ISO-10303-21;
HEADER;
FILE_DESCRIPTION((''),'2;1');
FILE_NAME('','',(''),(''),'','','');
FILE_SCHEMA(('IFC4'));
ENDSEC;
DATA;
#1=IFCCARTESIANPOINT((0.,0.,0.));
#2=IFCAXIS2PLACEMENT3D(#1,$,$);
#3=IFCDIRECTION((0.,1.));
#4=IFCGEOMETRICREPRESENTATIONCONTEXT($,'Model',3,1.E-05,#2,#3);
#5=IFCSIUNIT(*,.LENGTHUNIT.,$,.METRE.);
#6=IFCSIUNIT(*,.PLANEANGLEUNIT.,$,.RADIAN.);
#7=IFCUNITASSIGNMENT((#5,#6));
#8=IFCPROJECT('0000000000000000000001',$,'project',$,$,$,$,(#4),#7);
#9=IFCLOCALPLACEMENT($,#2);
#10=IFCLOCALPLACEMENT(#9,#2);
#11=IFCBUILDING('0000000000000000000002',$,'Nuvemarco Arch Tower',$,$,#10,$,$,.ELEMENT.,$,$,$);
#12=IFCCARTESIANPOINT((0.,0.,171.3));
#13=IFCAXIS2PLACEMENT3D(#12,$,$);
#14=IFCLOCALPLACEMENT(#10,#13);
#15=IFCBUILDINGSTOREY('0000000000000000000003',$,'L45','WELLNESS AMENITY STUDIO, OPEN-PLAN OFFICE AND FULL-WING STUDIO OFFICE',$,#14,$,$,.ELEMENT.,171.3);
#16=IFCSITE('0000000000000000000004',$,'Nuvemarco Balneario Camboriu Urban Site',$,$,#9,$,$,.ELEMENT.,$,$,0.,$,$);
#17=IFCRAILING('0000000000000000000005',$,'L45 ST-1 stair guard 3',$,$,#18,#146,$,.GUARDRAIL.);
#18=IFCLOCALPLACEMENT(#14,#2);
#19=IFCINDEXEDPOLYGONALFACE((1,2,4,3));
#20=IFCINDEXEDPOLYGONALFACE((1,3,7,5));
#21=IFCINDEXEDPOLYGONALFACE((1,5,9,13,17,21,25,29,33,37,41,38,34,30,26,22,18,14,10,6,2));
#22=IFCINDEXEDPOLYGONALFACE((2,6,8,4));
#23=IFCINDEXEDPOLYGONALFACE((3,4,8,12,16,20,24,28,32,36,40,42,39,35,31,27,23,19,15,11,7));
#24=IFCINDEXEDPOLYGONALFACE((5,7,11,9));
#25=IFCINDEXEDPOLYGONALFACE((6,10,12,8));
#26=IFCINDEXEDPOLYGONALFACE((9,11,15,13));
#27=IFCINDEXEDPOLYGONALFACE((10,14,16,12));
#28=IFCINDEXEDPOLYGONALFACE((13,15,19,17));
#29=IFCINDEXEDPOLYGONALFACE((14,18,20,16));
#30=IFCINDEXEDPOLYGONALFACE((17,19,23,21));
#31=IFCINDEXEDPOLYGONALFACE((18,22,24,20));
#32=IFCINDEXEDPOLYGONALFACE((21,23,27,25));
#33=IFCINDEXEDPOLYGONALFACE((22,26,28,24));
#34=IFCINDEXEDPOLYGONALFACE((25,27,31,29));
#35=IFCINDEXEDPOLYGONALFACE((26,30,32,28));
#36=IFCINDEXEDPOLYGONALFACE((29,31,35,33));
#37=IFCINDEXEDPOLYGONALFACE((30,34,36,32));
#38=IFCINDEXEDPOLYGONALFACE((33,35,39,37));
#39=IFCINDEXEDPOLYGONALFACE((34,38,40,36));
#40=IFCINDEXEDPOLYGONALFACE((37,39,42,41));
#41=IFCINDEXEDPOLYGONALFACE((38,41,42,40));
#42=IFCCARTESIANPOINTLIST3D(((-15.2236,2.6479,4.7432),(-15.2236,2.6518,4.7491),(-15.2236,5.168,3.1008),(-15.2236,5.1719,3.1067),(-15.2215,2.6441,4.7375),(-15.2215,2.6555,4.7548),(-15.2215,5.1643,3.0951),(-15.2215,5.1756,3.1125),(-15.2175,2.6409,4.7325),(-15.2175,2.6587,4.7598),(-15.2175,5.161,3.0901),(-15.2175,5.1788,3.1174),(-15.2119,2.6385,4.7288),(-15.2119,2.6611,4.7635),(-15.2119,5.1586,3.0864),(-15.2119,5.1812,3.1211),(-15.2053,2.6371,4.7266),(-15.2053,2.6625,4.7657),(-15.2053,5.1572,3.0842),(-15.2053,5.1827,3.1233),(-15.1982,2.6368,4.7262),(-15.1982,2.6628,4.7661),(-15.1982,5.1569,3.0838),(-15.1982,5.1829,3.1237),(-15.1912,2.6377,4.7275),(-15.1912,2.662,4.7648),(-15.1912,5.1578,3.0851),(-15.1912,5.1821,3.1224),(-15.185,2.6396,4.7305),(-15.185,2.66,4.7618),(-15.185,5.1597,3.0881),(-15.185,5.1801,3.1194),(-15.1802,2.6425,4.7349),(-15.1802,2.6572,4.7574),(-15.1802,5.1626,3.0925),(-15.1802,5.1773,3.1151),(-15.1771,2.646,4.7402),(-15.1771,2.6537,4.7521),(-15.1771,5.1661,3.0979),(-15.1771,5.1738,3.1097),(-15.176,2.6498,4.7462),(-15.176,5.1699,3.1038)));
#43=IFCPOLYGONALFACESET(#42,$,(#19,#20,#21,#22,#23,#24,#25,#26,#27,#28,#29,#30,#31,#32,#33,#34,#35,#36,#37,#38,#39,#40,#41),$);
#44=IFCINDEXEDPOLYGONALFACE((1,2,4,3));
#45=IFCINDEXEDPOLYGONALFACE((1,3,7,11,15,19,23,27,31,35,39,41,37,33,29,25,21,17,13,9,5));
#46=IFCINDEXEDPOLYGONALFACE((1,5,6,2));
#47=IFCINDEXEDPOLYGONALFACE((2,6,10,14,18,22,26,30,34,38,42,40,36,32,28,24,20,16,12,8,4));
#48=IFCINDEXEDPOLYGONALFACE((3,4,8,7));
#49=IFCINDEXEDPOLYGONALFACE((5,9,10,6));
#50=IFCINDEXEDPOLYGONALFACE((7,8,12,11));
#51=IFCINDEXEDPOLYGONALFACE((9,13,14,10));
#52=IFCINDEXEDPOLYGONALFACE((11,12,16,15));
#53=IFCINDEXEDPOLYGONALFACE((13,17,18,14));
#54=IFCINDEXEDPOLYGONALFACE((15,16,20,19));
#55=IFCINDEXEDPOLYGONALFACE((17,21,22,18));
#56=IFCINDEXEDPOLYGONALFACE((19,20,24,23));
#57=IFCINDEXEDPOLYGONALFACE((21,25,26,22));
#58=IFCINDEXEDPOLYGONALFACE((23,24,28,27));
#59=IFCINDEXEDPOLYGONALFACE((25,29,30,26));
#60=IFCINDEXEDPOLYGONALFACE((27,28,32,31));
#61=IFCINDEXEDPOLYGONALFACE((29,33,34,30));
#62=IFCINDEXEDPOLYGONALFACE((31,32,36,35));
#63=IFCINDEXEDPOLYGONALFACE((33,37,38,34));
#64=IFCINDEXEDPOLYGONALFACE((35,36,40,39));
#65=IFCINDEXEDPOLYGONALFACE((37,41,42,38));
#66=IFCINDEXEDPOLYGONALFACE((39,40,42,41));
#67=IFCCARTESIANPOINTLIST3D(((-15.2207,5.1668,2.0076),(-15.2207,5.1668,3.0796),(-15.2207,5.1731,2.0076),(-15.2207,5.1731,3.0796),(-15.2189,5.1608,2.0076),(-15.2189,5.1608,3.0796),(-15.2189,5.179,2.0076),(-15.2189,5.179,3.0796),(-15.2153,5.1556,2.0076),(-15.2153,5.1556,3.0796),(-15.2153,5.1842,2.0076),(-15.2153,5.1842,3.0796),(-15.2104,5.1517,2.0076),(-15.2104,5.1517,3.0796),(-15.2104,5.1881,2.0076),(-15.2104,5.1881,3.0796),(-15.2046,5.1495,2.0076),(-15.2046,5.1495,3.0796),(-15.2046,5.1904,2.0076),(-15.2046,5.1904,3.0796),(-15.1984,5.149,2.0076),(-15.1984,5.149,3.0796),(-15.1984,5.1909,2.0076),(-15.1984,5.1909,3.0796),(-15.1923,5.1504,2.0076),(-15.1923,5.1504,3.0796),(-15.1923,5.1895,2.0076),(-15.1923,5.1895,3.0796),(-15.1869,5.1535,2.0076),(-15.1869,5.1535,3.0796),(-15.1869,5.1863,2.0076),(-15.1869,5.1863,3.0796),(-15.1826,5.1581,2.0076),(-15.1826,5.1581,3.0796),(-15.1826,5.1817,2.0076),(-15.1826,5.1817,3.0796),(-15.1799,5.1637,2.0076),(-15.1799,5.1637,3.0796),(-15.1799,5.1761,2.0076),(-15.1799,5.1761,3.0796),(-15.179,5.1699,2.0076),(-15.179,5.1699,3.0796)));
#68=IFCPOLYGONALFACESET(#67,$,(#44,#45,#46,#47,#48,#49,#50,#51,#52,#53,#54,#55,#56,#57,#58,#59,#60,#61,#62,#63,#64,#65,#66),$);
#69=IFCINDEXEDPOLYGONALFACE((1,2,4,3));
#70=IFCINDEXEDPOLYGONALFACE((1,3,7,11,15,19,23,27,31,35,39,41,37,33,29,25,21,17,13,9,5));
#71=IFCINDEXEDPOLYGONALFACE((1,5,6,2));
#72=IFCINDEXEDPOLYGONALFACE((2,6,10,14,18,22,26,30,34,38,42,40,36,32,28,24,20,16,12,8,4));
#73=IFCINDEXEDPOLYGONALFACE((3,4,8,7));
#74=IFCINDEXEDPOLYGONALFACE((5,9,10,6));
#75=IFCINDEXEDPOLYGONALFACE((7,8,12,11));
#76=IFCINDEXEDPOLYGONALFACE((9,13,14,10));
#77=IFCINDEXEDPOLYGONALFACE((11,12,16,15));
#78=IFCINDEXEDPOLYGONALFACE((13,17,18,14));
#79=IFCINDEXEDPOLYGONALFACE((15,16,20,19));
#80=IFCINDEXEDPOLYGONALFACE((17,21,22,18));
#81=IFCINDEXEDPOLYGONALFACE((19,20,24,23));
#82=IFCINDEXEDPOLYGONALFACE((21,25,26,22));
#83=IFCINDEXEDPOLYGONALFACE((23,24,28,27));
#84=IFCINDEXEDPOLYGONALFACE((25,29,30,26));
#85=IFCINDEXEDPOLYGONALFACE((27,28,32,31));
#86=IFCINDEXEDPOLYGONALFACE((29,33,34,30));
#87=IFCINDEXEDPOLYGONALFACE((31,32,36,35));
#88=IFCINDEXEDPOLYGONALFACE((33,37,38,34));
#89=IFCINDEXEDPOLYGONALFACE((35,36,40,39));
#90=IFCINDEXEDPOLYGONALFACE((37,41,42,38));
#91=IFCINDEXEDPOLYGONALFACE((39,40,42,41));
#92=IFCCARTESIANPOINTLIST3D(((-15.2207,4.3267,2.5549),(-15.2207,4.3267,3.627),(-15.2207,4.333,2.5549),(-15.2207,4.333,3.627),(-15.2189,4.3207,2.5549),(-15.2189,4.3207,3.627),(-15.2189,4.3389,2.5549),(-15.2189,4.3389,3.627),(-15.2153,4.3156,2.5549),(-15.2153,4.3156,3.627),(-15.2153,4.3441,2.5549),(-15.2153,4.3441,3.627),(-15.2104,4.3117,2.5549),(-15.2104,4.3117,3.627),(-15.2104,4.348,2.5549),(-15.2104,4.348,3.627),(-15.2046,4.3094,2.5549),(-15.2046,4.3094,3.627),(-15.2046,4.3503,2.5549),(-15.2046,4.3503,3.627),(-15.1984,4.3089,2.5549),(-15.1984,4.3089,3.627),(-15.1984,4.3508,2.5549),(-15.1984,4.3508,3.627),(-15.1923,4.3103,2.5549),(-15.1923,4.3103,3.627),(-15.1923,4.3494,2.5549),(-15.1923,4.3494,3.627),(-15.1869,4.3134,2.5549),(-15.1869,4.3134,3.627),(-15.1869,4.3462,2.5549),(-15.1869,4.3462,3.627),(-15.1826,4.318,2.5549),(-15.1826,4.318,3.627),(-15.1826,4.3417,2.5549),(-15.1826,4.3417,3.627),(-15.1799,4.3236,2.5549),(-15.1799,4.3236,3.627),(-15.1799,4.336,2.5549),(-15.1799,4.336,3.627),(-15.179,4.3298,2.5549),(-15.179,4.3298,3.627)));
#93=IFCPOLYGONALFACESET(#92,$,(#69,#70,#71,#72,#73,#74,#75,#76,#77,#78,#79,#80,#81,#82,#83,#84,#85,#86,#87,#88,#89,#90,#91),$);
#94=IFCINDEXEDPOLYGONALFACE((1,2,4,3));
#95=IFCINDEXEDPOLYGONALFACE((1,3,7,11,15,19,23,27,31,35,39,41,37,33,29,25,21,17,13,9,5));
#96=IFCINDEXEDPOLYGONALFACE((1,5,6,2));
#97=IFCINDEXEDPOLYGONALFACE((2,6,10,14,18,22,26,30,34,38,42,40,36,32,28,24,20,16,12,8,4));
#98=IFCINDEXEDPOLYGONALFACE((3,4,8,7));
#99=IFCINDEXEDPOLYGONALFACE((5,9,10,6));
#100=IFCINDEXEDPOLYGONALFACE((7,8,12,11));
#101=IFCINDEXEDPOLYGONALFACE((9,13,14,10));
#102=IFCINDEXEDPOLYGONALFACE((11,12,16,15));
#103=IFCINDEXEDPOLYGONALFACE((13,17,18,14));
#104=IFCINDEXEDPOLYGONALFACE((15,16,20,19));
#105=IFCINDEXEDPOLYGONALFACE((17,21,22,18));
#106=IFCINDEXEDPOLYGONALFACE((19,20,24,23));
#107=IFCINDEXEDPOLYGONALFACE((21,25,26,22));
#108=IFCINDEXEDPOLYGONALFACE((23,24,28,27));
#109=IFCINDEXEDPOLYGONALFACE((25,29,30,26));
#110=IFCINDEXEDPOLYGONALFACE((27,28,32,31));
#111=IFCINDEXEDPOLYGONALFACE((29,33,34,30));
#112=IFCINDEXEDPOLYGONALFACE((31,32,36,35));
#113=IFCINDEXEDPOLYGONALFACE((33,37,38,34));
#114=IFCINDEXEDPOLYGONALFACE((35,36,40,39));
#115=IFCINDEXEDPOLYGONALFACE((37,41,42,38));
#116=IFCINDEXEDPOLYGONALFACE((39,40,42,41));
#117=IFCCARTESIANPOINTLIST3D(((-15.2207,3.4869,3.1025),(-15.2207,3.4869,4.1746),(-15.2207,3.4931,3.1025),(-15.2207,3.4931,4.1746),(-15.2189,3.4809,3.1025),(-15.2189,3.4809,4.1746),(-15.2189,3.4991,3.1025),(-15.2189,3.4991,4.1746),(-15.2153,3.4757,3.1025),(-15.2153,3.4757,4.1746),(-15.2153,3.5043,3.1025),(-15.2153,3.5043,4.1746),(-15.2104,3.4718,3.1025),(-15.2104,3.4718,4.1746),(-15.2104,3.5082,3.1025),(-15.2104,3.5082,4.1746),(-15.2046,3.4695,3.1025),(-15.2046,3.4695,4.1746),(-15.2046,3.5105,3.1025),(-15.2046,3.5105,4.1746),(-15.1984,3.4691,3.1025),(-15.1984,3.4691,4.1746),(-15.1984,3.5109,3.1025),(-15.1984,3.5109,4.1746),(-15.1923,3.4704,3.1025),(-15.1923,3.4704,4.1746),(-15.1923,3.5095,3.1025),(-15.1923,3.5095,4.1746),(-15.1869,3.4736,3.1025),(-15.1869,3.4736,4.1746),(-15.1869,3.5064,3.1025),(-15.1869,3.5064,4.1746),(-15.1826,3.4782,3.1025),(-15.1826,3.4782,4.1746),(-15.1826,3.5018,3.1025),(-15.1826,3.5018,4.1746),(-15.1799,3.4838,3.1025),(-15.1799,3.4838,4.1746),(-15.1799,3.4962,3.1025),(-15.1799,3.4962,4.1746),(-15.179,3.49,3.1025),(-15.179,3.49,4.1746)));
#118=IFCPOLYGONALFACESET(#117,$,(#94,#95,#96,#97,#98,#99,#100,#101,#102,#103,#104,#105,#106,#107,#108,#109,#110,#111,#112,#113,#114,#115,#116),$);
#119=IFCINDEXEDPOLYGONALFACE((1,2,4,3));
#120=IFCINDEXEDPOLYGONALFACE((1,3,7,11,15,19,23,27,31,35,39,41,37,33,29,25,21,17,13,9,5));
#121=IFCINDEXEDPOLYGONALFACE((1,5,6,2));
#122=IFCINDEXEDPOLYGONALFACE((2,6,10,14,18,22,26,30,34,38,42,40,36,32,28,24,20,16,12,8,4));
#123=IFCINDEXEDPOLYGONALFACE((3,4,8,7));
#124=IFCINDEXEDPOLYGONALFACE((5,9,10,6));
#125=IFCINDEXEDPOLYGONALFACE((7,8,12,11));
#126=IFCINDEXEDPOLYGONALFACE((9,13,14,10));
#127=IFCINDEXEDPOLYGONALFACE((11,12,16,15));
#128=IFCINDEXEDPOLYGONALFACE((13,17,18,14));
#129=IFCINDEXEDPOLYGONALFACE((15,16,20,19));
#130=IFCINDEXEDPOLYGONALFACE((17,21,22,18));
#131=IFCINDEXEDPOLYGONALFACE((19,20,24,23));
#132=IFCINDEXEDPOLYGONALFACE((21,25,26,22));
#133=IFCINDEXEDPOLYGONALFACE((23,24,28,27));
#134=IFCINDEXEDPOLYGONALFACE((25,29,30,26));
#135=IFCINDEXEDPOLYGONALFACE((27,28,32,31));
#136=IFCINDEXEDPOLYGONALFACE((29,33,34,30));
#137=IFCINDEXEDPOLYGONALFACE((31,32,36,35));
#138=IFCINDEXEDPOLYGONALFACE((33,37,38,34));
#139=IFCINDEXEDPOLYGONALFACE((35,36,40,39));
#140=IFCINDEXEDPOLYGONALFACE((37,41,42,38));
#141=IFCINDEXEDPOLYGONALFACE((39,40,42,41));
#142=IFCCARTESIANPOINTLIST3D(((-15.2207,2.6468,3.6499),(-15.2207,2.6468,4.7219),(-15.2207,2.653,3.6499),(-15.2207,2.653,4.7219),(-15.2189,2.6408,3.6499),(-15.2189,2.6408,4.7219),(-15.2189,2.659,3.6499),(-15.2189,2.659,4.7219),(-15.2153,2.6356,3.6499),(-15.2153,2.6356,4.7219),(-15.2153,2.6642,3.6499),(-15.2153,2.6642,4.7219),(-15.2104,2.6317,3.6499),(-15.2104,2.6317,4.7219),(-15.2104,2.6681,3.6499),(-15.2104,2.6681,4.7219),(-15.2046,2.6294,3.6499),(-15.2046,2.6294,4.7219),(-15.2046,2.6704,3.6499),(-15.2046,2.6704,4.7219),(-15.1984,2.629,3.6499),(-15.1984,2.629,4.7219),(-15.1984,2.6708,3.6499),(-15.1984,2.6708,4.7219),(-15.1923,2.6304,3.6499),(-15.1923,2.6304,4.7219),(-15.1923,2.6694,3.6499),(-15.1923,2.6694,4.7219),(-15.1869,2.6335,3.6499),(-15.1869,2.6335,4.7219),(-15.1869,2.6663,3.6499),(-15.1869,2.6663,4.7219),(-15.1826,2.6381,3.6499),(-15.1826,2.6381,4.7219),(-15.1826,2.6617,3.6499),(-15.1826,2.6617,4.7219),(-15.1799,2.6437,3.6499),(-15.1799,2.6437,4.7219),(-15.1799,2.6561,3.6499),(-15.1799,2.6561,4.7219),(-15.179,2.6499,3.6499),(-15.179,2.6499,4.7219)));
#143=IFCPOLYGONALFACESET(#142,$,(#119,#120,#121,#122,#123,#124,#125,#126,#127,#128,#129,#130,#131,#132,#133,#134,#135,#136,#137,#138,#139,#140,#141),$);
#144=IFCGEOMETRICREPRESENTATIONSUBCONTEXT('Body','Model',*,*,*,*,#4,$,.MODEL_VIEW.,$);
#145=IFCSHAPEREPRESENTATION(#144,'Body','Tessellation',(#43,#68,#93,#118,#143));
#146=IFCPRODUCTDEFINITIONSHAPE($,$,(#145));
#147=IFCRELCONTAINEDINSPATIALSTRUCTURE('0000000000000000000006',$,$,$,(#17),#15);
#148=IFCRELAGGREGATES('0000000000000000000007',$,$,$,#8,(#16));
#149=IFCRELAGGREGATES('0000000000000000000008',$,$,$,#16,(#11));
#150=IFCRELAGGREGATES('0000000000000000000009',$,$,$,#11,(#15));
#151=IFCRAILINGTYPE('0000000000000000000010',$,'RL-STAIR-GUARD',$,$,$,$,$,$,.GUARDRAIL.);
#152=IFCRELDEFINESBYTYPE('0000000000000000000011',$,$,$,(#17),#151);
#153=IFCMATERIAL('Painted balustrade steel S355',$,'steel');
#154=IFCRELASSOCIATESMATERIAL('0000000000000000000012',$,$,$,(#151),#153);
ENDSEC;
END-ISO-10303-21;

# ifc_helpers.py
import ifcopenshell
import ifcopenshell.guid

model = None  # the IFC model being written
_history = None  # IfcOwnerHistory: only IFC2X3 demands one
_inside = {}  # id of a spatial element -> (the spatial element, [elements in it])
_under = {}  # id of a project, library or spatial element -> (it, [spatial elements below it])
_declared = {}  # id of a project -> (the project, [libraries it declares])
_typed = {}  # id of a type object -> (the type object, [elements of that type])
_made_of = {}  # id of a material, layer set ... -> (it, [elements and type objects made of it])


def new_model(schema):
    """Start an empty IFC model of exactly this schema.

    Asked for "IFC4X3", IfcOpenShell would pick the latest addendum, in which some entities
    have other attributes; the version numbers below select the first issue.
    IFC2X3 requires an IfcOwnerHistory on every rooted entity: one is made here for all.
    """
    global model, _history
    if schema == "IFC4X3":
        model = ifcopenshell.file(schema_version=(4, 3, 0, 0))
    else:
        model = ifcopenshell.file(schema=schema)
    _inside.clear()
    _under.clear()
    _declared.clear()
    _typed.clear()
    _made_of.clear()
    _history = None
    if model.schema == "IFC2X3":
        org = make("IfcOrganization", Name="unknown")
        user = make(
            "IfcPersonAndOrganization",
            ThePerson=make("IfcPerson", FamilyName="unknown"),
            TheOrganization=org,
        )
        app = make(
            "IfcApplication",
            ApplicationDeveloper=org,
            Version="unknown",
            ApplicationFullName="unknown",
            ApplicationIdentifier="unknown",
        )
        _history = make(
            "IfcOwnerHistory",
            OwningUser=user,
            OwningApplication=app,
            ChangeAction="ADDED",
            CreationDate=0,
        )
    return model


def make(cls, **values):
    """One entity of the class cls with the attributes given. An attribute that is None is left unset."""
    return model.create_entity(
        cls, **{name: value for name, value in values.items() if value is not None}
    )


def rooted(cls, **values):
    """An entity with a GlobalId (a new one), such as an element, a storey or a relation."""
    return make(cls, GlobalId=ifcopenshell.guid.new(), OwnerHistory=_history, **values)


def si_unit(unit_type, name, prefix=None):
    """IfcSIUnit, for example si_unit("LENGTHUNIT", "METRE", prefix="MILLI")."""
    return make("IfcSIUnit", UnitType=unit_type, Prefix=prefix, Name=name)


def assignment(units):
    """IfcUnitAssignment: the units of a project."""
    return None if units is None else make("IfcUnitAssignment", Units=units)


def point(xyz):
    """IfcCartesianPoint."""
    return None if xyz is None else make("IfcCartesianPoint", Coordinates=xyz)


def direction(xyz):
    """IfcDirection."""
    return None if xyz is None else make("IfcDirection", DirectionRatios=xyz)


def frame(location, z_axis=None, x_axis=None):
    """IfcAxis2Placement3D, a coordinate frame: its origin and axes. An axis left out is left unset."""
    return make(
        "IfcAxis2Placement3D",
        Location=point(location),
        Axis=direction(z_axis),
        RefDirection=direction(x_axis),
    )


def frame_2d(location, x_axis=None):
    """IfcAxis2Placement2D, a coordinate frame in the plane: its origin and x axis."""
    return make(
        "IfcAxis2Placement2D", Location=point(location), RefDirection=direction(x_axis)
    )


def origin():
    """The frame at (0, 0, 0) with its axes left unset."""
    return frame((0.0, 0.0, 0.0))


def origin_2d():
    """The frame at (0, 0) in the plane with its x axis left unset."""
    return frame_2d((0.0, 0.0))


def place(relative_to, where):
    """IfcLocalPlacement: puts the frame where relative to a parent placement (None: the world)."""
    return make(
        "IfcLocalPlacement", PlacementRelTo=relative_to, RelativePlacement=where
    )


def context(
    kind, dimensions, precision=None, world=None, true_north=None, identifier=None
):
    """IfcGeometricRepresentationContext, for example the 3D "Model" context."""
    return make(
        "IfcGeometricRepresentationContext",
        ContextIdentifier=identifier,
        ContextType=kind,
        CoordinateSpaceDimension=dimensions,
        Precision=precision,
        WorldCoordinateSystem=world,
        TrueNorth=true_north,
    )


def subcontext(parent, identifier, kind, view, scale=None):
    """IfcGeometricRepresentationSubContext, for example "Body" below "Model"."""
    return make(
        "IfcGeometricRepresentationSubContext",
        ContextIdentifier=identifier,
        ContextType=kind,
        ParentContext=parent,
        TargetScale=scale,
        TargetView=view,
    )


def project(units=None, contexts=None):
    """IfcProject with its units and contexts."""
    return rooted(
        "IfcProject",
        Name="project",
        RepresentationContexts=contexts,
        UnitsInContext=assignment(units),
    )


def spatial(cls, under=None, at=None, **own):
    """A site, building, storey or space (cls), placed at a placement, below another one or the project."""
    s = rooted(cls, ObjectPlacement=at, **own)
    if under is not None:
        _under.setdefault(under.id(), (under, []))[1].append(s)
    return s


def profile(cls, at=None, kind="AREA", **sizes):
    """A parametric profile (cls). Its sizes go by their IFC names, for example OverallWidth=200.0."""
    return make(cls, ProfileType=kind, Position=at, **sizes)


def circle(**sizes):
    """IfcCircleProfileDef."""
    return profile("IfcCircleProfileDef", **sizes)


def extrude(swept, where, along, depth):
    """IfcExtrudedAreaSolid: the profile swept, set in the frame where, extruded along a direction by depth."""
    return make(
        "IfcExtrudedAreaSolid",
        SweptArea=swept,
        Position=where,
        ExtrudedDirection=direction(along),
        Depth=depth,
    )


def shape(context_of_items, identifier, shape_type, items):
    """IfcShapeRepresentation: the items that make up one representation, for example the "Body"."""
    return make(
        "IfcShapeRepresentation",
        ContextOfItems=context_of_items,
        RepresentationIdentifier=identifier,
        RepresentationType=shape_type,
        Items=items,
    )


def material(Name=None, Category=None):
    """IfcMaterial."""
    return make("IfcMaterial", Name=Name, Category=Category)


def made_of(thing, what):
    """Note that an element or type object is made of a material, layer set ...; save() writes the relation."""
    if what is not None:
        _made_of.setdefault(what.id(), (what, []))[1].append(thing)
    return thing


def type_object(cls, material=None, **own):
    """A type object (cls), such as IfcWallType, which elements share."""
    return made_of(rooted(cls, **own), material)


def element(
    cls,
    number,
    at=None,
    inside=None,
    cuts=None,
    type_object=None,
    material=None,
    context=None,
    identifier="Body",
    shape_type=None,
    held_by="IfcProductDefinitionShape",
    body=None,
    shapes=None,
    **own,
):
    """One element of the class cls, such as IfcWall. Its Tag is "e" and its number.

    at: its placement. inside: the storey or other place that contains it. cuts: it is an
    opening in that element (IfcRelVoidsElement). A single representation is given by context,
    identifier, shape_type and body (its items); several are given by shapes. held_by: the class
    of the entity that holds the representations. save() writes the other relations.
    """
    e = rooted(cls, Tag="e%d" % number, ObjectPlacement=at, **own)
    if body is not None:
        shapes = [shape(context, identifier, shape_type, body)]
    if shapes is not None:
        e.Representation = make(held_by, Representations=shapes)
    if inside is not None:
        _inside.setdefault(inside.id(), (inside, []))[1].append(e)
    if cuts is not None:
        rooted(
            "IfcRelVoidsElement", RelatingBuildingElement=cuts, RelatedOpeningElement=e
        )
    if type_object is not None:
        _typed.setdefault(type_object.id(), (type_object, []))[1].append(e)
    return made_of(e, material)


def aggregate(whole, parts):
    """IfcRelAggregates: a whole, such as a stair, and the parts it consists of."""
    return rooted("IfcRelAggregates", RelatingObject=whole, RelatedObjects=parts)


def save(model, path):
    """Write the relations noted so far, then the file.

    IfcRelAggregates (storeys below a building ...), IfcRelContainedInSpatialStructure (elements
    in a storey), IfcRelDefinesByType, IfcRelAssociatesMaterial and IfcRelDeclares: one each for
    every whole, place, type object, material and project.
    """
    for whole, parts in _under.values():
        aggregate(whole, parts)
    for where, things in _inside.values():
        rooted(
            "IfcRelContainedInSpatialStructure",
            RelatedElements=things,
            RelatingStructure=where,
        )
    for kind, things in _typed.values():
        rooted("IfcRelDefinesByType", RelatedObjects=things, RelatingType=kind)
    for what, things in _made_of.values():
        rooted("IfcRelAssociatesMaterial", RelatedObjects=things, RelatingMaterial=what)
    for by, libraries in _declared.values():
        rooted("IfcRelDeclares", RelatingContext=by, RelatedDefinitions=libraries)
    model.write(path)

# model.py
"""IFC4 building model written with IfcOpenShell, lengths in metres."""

from ifc_helpers import new_model, si_unit, direction, frame, origin, origin_2d, place, context, subcontext, project, spatial, circle, extrude, material, type_object, element, save


model = new_model("IFC4")

# Units and contexts
model_context = context("Model", 3, precision=1e-05, world=origin(), true_north=direction((0.0, 1.0)))
body_context = subcontext(model_context, "Body", "Model", "MODEL_VIEW")
ifc_project = project(units=[si_unit("LENGTHUNIT", "METRE"), si_unit("PLANEANGLEUNIT", "RADIAN")], contexts=[model_context])

# Site, building, storey
site_placement = place(None, origin())
site = spatial("IfcSite", under=ifc_project, at=site_placement, Name="Nuvemarco Balneario Camboriu Urban Site", CompositionType="ELEMENT", RefElevation=0.0)
building_placement = place(site_placement, origin())
building = spatial("IfcBuilding", under=site, at=building_placement, Name="Nuvemarco Arch Tower", CompositionType="ELEMENT")
storey_placement = place(building_placement, frame((0.0, 0.0, 171.3)))
storey = spatial("IfcBuildingStorey", under=building, at=storey_placement, Name="L45", Description="WELLNESS AMENITY STUDIO, OPEN-PLAN OFFICE AND FULL-WING STUDIO OFFICE", CompositionType="ELEMENT", Elevation=171.3)

# Railing
ifc_material_1 = material(Name="Painted balustrade steel S355", Category="steel")
railing_type_1 = type_object("IfcRailingType", Name="RL-STAIR-GUARD", PredefinedType="GUARDRAIL", material=ifc_material_1)
railing_1_placement = place(storey_placement, frame((-15.2, 5.1699, 2.0076)))
element("IfcRailing", 1, at=railing_1_placement, inside=storey, type_object=railing_type_1, Name="L45 ST-1 stair guard 3", PredefinedType="GUARDRAIL", context=body_context, shape_type="SweptSolid", body=[
    extrude(circle(Radius=0.0239, at=origin_2d()), frame((0.0, 0.0, 1.0962), z_axis=(0.0, -0.837787, 0.545998), x_axis=(1.0, 0.0, 0.0)), (0.0, 0.0, 1.0), 3.0081),
    extrude(circle(Radius=0.021, at=origin_2d()), origin(), (0.0, 0.0, 1.0), 1.072),
    extrude(circle(Radius=0.021, at=origin_2d()), frame((0.0, -0.8401, 0.5474)), (0.0, 0.0, 1.0), 1.072),
    extrude(circle(Radius=0.021, at=origin_2d()), frame((0.0, -1.6799, 1.095)), (0.0, 0.0, 1.0), 1.072),
    extrude(circle(Radius=0.021, at=origin_2d()), frame((0.0, -2.52, 1.6423)), (0.0, 0.0, 1.0), 1.072),
])

save(model, "model.ifc")
